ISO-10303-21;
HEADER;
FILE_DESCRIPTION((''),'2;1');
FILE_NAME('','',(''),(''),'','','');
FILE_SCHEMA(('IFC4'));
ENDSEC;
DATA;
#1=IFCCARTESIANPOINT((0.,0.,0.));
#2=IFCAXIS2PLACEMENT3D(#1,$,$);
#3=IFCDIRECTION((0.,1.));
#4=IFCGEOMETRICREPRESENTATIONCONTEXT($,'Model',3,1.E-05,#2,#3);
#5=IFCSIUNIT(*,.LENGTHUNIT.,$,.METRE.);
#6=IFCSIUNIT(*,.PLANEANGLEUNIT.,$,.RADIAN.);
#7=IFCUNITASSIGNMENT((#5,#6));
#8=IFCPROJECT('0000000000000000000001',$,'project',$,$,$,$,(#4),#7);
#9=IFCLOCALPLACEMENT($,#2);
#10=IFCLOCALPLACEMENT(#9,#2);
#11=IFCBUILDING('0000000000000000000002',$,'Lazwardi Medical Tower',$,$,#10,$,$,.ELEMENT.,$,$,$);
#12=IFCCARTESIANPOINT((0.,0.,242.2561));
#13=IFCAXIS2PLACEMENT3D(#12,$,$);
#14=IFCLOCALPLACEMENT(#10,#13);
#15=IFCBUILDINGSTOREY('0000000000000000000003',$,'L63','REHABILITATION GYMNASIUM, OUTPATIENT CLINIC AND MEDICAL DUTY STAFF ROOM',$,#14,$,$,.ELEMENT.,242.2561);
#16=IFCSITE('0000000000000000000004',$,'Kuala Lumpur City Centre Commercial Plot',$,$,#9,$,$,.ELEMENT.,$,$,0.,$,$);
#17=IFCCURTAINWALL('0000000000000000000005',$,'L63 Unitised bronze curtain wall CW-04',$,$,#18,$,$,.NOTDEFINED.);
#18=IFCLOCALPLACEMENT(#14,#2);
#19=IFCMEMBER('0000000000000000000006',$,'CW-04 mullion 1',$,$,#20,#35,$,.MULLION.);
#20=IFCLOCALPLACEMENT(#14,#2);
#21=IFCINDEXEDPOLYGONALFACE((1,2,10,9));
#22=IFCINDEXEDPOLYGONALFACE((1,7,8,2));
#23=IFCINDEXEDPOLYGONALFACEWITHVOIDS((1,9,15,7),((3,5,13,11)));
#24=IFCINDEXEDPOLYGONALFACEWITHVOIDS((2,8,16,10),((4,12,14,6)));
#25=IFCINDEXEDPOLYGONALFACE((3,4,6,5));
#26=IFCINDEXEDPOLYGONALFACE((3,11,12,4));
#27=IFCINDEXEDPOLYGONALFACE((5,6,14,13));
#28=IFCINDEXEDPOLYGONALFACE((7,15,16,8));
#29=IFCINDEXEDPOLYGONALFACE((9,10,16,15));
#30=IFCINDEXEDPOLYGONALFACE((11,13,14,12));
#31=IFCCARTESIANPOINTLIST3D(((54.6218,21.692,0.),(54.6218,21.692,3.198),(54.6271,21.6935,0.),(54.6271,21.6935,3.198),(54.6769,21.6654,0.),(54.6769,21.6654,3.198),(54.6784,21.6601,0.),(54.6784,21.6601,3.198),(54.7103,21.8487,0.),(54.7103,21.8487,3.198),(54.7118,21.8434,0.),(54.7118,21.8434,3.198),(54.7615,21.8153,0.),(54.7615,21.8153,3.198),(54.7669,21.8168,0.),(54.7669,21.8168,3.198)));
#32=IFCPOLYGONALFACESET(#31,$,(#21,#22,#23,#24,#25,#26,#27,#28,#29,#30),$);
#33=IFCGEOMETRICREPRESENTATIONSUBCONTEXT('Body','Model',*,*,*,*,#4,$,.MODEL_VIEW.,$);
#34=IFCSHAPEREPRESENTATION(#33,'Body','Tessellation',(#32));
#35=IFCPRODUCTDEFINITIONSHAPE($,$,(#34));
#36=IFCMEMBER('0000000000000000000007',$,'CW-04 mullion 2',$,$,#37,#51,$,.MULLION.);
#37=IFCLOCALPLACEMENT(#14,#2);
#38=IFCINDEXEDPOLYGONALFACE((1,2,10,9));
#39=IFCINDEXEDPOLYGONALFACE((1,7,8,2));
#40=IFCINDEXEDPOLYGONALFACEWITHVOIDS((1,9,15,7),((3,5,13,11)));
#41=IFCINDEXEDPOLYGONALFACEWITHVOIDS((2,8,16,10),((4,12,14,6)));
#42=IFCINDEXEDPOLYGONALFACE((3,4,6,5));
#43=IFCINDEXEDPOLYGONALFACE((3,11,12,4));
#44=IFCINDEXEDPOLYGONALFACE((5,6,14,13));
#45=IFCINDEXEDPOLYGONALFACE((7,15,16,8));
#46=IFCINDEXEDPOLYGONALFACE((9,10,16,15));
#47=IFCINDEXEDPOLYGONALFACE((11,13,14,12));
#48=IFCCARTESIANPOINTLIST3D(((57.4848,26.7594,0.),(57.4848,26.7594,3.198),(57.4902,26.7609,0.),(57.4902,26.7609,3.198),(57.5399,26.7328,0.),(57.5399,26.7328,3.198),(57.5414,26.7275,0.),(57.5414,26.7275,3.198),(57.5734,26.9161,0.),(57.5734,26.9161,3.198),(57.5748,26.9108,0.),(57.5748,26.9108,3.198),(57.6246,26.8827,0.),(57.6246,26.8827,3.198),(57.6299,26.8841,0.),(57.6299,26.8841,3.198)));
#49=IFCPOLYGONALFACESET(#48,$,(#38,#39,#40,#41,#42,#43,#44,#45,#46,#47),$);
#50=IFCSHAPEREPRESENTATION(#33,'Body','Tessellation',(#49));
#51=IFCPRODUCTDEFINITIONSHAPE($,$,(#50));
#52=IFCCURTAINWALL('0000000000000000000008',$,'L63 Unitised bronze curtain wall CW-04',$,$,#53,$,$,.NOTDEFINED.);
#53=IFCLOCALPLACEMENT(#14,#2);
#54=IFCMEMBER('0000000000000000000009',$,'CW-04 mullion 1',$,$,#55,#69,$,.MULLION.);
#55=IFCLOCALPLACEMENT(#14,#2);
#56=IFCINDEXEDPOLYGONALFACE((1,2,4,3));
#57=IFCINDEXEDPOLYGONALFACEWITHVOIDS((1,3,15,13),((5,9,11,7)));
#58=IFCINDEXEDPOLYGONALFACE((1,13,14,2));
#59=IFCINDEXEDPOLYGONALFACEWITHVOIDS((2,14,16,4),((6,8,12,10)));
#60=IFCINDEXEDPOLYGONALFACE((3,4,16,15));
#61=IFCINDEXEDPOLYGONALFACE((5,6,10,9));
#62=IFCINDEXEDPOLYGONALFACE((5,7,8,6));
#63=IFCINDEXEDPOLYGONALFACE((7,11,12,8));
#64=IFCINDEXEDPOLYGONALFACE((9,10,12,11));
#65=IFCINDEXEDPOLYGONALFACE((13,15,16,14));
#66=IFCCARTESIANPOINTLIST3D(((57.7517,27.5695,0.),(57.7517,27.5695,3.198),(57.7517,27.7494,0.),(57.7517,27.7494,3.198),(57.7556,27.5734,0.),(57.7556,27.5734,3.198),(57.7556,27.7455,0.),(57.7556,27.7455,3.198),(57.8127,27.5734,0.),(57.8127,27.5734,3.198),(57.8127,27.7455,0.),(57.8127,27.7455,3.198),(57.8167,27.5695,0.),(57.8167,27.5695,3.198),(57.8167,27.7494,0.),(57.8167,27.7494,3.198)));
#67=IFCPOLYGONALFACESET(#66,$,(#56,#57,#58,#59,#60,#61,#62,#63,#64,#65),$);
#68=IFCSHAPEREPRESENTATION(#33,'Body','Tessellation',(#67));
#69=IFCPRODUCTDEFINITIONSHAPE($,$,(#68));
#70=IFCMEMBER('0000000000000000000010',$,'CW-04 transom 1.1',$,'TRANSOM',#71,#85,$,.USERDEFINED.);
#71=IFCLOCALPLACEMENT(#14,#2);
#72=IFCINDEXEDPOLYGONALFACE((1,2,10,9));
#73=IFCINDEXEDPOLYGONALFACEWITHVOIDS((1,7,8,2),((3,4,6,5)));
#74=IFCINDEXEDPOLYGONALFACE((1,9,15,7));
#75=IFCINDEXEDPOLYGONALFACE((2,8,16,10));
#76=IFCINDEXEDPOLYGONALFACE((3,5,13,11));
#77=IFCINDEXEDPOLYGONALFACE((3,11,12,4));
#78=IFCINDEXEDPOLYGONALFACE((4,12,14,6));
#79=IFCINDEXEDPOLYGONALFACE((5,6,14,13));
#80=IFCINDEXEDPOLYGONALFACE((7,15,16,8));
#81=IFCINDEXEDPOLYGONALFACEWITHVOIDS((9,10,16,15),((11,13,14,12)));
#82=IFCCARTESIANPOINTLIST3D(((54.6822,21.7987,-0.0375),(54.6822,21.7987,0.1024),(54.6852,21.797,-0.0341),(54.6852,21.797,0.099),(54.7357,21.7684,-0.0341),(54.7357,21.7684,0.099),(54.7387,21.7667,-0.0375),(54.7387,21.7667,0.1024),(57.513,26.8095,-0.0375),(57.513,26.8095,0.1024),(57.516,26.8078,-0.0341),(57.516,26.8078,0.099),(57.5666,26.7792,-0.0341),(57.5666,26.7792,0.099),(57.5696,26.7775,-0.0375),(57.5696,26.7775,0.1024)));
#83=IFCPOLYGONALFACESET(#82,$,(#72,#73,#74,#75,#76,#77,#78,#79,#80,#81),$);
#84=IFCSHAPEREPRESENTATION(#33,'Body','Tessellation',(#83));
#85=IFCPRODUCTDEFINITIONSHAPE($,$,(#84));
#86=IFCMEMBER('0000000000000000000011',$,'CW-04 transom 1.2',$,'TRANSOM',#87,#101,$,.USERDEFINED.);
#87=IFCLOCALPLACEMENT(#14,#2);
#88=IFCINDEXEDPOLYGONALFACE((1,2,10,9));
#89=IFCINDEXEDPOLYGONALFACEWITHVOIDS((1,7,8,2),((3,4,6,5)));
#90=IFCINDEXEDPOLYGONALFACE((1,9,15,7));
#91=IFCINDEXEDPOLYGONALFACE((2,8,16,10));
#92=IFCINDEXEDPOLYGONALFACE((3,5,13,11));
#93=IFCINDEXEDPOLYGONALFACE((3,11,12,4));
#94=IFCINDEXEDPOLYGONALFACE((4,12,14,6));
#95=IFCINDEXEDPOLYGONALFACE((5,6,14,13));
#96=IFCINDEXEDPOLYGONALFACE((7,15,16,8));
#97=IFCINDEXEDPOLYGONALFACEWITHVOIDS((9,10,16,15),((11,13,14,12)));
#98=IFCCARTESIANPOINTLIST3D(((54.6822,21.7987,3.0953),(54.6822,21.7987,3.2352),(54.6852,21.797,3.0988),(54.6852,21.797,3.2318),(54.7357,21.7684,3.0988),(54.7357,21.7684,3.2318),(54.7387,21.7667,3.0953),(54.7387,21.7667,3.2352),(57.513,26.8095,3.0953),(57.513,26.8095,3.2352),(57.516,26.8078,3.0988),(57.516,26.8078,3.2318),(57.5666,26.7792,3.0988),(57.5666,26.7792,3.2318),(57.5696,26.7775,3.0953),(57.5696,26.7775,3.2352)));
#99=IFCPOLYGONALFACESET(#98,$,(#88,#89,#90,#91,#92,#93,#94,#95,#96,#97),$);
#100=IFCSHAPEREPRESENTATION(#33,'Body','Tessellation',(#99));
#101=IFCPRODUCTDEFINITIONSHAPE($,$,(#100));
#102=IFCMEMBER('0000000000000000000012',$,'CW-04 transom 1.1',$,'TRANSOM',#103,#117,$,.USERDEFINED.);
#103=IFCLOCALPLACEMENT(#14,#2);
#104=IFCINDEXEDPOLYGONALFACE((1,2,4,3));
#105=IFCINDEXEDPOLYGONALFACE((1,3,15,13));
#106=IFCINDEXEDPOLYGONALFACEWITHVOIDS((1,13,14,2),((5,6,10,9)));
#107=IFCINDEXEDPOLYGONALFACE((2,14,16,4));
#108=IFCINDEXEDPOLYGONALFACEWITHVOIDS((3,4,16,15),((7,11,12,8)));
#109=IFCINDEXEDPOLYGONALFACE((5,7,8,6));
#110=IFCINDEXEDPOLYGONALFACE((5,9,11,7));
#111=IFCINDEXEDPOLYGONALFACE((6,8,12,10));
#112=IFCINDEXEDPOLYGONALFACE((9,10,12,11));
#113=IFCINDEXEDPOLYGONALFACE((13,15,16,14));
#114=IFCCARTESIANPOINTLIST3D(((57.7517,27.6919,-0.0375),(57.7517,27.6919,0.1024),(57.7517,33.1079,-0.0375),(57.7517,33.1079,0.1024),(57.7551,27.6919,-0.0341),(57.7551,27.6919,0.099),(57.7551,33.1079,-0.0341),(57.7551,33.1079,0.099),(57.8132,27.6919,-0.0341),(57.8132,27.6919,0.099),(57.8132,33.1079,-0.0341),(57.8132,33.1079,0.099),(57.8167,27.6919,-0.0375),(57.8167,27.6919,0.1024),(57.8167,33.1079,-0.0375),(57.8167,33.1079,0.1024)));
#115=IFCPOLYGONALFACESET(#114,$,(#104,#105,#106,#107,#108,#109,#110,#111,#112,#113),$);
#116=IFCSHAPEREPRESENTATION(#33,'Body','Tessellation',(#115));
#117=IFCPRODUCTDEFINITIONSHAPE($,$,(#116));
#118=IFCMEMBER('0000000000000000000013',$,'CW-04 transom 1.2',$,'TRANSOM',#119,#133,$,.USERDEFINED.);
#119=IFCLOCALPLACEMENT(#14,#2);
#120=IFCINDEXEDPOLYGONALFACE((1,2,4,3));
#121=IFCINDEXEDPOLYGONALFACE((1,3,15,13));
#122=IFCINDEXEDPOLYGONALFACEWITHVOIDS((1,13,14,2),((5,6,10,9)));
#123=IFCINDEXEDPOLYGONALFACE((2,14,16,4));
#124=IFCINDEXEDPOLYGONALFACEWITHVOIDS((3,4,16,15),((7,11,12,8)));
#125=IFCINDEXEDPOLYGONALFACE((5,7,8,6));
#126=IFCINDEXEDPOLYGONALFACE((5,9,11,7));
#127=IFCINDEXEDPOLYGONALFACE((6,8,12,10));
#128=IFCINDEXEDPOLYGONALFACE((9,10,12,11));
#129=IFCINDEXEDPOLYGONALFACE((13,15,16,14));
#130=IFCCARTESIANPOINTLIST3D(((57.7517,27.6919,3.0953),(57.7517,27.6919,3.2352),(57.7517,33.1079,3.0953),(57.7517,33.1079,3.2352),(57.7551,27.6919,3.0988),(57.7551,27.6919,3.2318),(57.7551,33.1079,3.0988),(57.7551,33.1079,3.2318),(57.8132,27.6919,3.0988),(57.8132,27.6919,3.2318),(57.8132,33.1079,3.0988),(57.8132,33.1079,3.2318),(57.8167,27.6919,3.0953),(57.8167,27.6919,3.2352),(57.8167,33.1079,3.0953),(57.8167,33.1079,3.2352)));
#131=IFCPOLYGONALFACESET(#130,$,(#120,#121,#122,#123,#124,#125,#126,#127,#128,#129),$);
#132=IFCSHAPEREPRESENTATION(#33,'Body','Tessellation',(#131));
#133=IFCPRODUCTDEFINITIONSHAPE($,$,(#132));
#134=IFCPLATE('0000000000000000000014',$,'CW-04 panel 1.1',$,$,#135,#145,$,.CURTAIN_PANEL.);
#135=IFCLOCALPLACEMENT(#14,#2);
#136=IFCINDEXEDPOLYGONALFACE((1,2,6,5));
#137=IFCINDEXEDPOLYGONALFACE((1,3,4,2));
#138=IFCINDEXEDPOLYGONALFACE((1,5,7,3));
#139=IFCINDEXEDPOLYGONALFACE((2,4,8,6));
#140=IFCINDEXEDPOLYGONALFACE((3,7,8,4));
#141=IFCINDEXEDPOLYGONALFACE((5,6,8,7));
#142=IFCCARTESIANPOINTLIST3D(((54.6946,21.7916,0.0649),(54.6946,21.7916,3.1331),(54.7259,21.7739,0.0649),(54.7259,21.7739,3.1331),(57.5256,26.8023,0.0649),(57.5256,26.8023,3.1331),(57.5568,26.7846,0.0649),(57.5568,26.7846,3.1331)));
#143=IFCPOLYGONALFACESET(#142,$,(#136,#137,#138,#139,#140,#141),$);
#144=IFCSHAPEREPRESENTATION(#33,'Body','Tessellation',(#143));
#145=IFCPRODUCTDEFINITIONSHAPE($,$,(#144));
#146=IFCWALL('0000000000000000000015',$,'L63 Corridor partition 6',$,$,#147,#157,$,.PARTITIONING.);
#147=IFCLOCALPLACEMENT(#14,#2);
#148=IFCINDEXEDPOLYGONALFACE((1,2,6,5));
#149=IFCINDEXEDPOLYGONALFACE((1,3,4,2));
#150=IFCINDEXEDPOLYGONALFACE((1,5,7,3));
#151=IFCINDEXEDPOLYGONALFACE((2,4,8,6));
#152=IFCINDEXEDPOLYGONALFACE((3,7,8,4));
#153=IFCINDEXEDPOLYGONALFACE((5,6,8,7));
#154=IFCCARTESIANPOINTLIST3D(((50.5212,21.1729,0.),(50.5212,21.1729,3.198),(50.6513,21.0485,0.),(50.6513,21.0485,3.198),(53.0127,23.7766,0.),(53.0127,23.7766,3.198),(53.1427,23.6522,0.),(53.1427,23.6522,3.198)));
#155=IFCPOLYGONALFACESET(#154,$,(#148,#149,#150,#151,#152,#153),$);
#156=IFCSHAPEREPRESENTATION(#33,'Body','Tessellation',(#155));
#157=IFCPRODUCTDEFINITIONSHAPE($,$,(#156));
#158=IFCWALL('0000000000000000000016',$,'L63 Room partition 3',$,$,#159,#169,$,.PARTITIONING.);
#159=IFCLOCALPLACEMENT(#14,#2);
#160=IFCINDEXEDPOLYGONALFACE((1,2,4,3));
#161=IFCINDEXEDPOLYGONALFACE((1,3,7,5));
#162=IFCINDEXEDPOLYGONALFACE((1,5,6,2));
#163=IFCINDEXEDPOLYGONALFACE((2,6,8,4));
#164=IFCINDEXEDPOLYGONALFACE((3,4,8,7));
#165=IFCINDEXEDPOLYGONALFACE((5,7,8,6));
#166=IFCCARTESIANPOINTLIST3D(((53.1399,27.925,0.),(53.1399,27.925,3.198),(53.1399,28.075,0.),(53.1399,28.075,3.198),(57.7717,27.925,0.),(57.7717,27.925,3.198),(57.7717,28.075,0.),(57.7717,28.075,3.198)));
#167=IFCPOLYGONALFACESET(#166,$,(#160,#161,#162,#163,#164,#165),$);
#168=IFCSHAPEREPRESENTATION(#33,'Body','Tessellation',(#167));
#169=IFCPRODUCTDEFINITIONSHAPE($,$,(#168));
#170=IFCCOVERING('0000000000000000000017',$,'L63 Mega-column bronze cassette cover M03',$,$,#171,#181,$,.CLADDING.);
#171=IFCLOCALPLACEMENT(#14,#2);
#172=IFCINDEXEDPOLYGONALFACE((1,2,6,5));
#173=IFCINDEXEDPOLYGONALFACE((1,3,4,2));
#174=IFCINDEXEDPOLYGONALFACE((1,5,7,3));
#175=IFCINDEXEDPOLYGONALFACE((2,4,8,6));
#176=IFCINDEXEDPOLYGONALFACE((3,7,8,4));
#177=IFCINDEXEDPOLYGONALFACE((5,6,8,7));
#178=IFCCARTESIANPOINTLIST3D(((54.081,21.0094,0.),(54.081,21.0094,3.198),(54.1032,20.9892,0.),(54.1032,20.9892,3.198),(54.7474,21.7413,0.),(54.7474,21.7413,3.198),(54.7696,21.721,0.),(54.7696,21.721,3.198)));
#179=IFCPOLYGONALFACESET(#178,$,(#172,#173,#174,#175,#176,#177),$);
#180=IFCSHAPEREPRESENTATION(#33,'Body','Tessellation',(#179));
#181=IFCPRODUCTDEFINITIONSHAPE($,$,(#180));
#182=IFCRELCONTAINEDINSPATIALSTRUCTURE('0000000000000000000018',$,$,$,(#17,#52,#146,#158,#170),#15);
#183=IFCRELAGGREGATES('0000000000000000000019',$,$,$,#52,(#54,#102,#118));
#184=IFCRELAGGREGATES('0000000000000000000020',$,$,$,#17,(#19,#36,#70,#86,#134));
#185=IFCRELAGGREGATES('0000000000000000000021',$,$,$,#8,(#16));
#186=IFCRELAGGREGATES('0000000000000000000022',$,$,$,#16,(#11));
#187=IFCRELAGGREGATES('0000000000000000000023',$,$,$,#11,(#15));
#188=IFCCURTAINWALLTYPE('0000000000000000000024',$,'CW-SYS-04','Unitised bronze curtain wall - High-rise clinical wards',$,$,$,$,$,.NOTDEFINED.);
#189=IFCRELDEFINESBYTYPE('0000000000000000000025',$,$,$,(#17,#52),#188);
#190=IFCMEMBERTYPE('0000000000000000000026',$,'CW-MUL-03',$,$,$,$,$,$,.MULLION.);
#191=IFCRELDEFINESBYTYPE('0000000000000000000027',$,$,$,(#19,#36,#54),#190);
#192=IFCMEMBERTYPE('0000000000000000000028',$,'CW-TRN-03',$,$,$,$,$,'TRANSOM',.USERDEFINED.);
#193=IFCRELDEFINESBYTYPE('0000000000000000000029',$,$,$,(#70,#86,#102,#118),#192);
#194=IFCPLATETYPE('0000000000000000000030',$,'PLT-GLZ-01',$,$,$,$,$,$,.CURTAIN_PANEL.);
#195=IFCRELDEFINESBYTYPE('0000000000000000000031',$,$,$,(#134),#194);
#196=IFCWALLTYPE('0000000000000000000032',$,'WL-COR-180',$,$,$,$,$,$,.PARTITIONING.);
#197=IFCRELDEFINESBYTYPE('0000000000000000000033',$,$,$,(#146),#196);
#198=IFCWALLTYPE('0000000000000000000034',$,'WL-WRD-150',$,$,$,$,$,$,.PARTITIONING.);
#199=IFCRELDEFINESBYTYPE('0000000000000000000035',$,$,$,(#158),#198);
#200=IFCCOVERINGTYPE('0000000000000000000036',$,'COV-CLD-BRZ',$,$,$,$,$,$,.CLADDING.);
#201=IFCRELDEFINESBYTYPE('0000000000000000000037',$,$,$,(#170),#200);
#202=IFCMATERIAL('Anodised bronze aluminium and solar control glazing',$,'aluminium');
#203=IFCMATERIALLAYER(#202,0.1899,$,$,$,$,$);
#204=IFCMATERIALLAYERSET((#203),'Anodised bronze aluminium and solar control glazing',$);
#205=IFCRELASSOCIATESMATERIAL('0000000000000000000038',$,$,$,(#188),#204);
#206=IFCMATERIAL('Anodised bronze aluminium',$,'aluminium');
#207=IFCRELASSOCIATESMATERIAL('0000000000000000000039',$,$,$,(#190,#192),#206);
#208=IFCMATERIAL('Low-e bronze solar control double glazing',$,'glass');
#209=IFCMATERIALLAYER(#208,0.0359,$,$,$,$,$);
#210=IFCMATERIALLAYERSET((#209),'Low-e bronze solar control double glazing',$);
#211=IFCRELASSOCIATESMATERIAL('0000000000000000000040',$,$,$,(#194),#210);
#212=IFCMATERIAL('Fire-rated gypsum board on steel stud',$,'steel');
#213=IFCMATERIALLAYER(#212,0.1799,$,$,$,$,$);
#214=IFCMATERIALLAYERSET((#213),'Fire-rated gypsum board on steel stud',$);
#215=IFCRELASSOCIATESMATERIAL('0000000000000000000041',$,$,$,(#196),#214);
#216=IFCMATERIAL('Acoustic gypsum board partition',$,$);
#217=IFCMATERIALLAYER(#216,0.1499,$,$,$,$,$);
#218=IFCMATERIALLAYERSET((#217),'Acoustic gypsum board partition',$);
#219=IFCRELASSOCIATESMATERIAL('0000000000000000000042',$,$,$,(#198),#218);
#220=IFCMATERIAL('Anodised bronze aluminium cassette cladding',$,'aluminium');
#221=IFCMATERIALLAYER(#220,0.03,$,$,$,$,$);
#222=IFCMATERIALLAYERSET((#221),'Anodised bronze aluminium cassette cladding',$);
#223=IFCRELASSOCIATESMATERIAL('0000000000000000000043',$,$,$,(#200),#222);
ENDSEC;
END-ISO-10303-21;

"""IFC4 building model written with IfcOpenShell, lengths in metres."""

from ifc_helpers import new_model, si_unit, direction, frame, frame_2d, origin, origin_2d, place, context, subcontext, project, spatial, rectangle, hollow_rectangle, extrude, material, layer, layer_set, material_profile, profile_set, type_object, element, aggregate, save


model = new_model("IFC4")

# Units and contexts
model_context = context("Model", 3, precision=1e-05, world=origin(), true_north=direction((0.0, 1.0)))
body_context = subcontext(model_context, "Body", "Model", "MODEL_VIEW")
ifc_project = project(units=[si_unit("LENGTHUNIT", "METRE"), si_unit("PLANEANGLEUNIT", "RADIAN")], contexts=[model_context])

# Site, building, storey
site_placement = place(None, origin())
site = spatial("IfcSite", under=ifc_project, at=site_placement, Name="Kuala Lumpur City Centre Commercial Plot", CompositionType="ELEMENT", RefElevation=0.0)
building_placement = place(site_placement, origin())
building = spatial("IfcBuilding", under=site, at=building_placement, Name="Lazwardi Medical Tower", CompositionType="ELEMENT")
storey_placement = place(building_placement, frame((0.0, 0.0, 242.2561)))
storey = spatial("IfcBuildingStorey", under=building, at=storey_placement, Name="L63", Description="REHABILITATION GYMNASIUM, OUTPATIENT CLINIC AND MEDICAL DUTY STAFF ROOM", CompositionType="ELEMENT", Elevation=242.2561)

# Shared definitions
ifc_material_1 = material(Name="Anodised bronze aluminium and solar control glazing", Category="aluminium")
ifc_layer_1 = layer(ifc_material_1, 0.1899)
ifc_layer_set_1 = layer_set([ifc_layer_1], Name="Anodised bronze aluminium and solar control glazing")
curtain_wall_type = type_object("IfcCurtainWallType", Name="CW-SYS-04", Description="Unitised bronze curtain wall - High-rise clinical wards", PredefinedType="NOTDEFINED", material=ifc_layer_set_1)
ifc_material_2 = material(Name="Anodised bronze aluminium", Category="aluminium")
ifc_material_profile_1 = material_profile(ifc_material_2, hollow_rectangle(XDim=0.0649, YDim=0.1799, WallThickness=0.0039, at=origin_2d()), Name="ALU-MULLION 180x65x4")
ifc_profile_set_1 = profile_set([ifc_material_profile_1], Name="Anodised bronze aluminium")
member_type_1 = type_object("IfcMemberType", Name="CW-MUL-03", PredefinedType="MULLION", material=ifc_profile_set_1)

# Curtain wall, members
curtain_wall_1_placement = place(storey_placement, origin())
curtain_wall_1 = element("IfcCurtainWall", 1, at=curtain_wall_1_placement, inside=storey, type_object=curtain_wall_type, Name="L63 Unitised bronze curtain wall CW-04", PredefinedType="NOTDEFINED")
member_1_placement = place(storey_placement, frame((54.6943, 21.7544, 0.0), z_axis=(0.0, 0.0, 1.0), x_axis=(-0.870651, 0.4919, 0.0)))
member_1 = element("IfcMember", 2, at=member_1_placement, type_object=member_type_1, Name="CW-04 mullion 1", PredefinedType="MULLION", context=body_context, shape_type="SweptSolid", body=[
    extrude(hollow_rectangle(XDim=0.0649, YDim=0.1799, WallThickness=0.0039, at=origin_2d()), origin(), (0.0, 0.0, 1.0), 3.198),
])
member_2_placement = place(storey_placement, frame((57.5574, 26.8218, 0.0), z_axis=(0.0, 0.0, 1.0), x_axis=(-0.870651, 0.4919, 0.0)))
member_2 = element("IfcMember", 3, at=member_2_placement, type_object=member_type_1, Name="CW-04 mullion 2", PredefinedType="MULLION", context=body_context, shape_type="SweptSolid", body=[
    extrude(hollow_rectangle(XDim=0.0649, YDim=0.1799, WallThickness=0.0039, at=origin_2d()), origin(), (0.0, 0.0, 1.0), 3.198),
])

# Curtain wall, member
curtain_wall_2_placement = place(storey_placement, origin())
curtain_wall_2 = element("IfcCurtainWall", 4, at=curtain_wall_2_placement, inside=storey, type_object=curtain_wall_type, Name="L63 Unitised bronze curtain wall CW-04", PredefinedType="NOTDEFINED")
member_3_placement = place(storey_placement, frame((57.7842, 27.6594, 0.0), z_axis=(0.0, 0.0, 1.0), x_axis=(-1.0, 0.0, 0.0)))
member_3 = element("IfcMember", 5, at=member_3_placement, type_object=member_type_1, Name="CW-04 mullion 1", PredefinedType="MULLION", context=body_context, shape_type="SweptSolid", body=[
    extrude(hollow_rectangle(XDim=0.0649, YDim=0.1799, WallThickness=0.0039, at=origin_2d()), origin(), (0.0, 0.0, 1.0), 3.198),
])

# Members
ifc_material_profile_2 = material_profile(ifc_material_2, hollow_rectangle(XDim=0.0649, YDim=0.1399, WallThickness=0.0034, at=origin_2d()), Name="ALU-TRANSOM 140x65x3.5")
ifc_profile_set_2 = profile_set([ifc_material_profile_2], Name="Anodised bronze aluminium")
member_type_2 = type_object("IfcMemberType", Name="CW-TRN-03", ElementType="TRANSOM", PredefinedType="USERDEFINED", material=ifc_profile_set_2)
member_4_placement = place(storey_placement, frame((54.7104, 21.7827, 0.0325), z_axis=(0.49188, 0.870663, 0.0), x_axis=(-0.870663, 0.49188, 0.0)))
member_4 = element("IfcMember", 6, at=member_4_placement, type_object=member_type_2, Name="CW-04 transom 1.1", ObjectType="TRANSOM", PredefinedType="USERDEFINED", context=body_context, shape_type="SweptSolid", body=[
    extrude(hollow_rectangle(XDim=0.0649, YDim=0.1399, WallThickness=0.0034, at=origin_2d()), origin(), (0.0, 0.0, 1.0), 5.7551),
])
member_5_placement = place(storey_placement, frame((54.7104, 21.7827, 3.1653), z_axis=(0.49188, 0.870663, 0.0), x_axis=(-0.870663, 0.49188, 0.0)))
member_5 = element("IfcMember", 7, at=member_5_placement, type_object=member_type_2, Name="CW-04 transom 1.2", ObjectType="TRANSOM", PredefinedType="USERDEFINED", context=body_context, shape_type="SweptSolid", body=[
    extrude(hollow_rectangle(XDim=0.0649, YDim=0.1399, WallThickness=0.0034, at=origin_2d()), origin(), (0.0, 0.0, 1.0), 5.7551),
])
member_6_placement = place(storey_placement, frame((57.7842, 27.6919, 0.0325), z_axis=(0.0, 1.0, 0.0), x_axis=(-1.0, 0.0, 0.0)))
member_6 = element("IfcMember", 8, at=member_6_placement, type_object=member_type_2, Name="CW-04 transom 1.1", ObjectType="TRANSOM", PredefinedType="USERDEFINED", context=body_context, shape_type="SweptSolid", body=[
    extrude(hollow_rectangle(XDim=0.0649, YDim=0.1399, WallThickness=0.0034, at=origin_2d()), origin(), (0.0, 0.0, 1.0), 5.416),
])
member_7_placement = place(storey_placement, frame((57.7842, 27.6919, 3.1653), z_axis=(0.0, 1.0, 0.0), x_axis=(-1.0, 0.0, 0.0)))
member_7 = element("IfcMember", 9, at=member_7_placement, type_object=member_type_2, Name="CW-04 transom 1.2", ObjectType="TRANSOM", PredefinedType="USERDEFINED", context=body_context, shape_type="SweptSolid", body=[
    extrude(hollow_rectangle(XDim=0.0649, YDim=0.1399, WallThickness=0.0034, at=origin_2d()), origin(), (0.0, 0.0, 1.0), 5.416),
])
aggregate(curtain_wall_2, [member_3, member_6, member_7])

# Plate
ifc_material_3 = material(Name="Low-e bronze solar control double glazing", Category="glass")
ifc_layer_2 = layer(ifc_material_3, 0.0359)
ifc_layer_set_2 = layer_set([ifc_layer_2], Name="Low-e bronze solar control double glazing")
plate_type = type_object("IfcPlateType", Name="PLT-GLZ-01", PredefinedType="CURTAIN_PANEL", material=ifc_layer_set_2)
plate_placement = place(storey_placement, frame((56.1257, 24.2881, 0.0649), z_axis=(0.0, 0.0, 1.0), x_axis=(0.4919, 0.870651, 0.0)))
plate = element("IfcPlate", 10, at=plate_placement, type_object=plate_type, Name="CW-04 panel 1.1", PredefinedType="CURTAIN_PANEL", context=body_context, shape_type="SweptSolid", body=[
    extrude(rectangle(XDim=5.7551, YDim=0.0359, at=origin_2d()), origin(), (0.0, 0.0, 1.0), 3.0681),
])
aggregate(curtain_wall_1, [member_1, member_2, member_4, member_5, plate])

# Walls
ifc_material_4 = material(Name="Fire-rated gypsum board on steel stud", Category="steel")
ifc_layer_3 = layer(ifc_material_4, 0.1799)
ifc_layer_set_3 = layer_set([ifc_layer_3], Name="Fire-rated gypsum board on steel stud")
wall_type_1 = type_object("IfcWallType", Name="WL-COR-180", PredefinedType="PARTITIONING", material=ifc_layer_set_3)
wall_1_placement = place(storey_placement, frame((53.0776, 23.7144, 0.0), z_axis=(0.0, 0.0, 1.0), x_axis=(-0.691353, -0.722517, 0.0)))
element("IfcWall", 11, at=wall_1_placement, inside=storey, type_object=wall_type_1, Name="L63 Corridor partition 6", PredefinedType="PARTITIONING", context=body_context, shape_type="SweptSolid", body=[
    extrude(rectangle(XDim=3.6038, YDim=0.1799, at=frame_2d((1.8018, 0.0))), origin(), (0.0, 0.0, 1.0), 3.198),
])
ifc_material_5 = material(Name="Acoustic gypsum board partition")
ifc_layer_4 = layer(ifc_material_5, 0.1499)
ifc_layer_set_4 = layer_set([ifc_layer_4], Name="Acoustic gypsum board partition")
wall_type_2 = type_object("IfcWallType", Name="WL-WRD-150", PredefinedType="PARTITIONING", material=ifc_layer_set_4)
wall_2_placement = place(storey_placement, frame((53.1399, 28.0, 0.0), z_axis=(0.0, 0.0, 1.0), x_axis=(1.0, 0.0, 0.0)))
element("IfcWall", 12, at=wall_2_placement, inside=storey, type_object=wall_type_2, Name="L63 Room partition 3", PredefinedType="PARTITIONING", context=body_context, shape_type="SweptSolid", body=[
    extrude(rectangle(XDim=4.6318, YDim=0.1499, at=frame_2d((2.3159, 0.0))), origin(), (0.0, 0.0, 1.0), 3.198),
])

# Covering
ifc_material_6 = material(Name="Anodised bronze aluminium cassette cladding", Category="aluminium")
ifc_layer_5 = layer(ifc_material_6, 0.03)
ifc_layer_set_5 = layer_set([ifc_layer_5], Name="Anodised bronze aluminium cassette cladding")
covering_type = type_object("IfcCoveringType", Name="COV-CLD-BRZ", PredefinedType="CLADDING", material=ifc_layer_set_5)
covering_1_placement = place(storey_placement, frame((54.4253, 21.3652, 0.0), z_axis=(0.0, 0.0, 1.0), x_axis=(0.673241, 0.739423, 0.0)))
element("IfcCovering", 13, at=covering_1_placement, inside=storey, type_object=covering_type, Name="L63 Mega-column bronze cassette cover M03", PredefinedType="CLADDING", context=body_context, shape_type="SweptSolid", body=[
    extrude(rectangle(XDim=0.9897, YDim=0.03, at=origin_2d()), origin(), (0.0, 0.0, 1.0), 3.198),
])

save(model, "model.ifc")
